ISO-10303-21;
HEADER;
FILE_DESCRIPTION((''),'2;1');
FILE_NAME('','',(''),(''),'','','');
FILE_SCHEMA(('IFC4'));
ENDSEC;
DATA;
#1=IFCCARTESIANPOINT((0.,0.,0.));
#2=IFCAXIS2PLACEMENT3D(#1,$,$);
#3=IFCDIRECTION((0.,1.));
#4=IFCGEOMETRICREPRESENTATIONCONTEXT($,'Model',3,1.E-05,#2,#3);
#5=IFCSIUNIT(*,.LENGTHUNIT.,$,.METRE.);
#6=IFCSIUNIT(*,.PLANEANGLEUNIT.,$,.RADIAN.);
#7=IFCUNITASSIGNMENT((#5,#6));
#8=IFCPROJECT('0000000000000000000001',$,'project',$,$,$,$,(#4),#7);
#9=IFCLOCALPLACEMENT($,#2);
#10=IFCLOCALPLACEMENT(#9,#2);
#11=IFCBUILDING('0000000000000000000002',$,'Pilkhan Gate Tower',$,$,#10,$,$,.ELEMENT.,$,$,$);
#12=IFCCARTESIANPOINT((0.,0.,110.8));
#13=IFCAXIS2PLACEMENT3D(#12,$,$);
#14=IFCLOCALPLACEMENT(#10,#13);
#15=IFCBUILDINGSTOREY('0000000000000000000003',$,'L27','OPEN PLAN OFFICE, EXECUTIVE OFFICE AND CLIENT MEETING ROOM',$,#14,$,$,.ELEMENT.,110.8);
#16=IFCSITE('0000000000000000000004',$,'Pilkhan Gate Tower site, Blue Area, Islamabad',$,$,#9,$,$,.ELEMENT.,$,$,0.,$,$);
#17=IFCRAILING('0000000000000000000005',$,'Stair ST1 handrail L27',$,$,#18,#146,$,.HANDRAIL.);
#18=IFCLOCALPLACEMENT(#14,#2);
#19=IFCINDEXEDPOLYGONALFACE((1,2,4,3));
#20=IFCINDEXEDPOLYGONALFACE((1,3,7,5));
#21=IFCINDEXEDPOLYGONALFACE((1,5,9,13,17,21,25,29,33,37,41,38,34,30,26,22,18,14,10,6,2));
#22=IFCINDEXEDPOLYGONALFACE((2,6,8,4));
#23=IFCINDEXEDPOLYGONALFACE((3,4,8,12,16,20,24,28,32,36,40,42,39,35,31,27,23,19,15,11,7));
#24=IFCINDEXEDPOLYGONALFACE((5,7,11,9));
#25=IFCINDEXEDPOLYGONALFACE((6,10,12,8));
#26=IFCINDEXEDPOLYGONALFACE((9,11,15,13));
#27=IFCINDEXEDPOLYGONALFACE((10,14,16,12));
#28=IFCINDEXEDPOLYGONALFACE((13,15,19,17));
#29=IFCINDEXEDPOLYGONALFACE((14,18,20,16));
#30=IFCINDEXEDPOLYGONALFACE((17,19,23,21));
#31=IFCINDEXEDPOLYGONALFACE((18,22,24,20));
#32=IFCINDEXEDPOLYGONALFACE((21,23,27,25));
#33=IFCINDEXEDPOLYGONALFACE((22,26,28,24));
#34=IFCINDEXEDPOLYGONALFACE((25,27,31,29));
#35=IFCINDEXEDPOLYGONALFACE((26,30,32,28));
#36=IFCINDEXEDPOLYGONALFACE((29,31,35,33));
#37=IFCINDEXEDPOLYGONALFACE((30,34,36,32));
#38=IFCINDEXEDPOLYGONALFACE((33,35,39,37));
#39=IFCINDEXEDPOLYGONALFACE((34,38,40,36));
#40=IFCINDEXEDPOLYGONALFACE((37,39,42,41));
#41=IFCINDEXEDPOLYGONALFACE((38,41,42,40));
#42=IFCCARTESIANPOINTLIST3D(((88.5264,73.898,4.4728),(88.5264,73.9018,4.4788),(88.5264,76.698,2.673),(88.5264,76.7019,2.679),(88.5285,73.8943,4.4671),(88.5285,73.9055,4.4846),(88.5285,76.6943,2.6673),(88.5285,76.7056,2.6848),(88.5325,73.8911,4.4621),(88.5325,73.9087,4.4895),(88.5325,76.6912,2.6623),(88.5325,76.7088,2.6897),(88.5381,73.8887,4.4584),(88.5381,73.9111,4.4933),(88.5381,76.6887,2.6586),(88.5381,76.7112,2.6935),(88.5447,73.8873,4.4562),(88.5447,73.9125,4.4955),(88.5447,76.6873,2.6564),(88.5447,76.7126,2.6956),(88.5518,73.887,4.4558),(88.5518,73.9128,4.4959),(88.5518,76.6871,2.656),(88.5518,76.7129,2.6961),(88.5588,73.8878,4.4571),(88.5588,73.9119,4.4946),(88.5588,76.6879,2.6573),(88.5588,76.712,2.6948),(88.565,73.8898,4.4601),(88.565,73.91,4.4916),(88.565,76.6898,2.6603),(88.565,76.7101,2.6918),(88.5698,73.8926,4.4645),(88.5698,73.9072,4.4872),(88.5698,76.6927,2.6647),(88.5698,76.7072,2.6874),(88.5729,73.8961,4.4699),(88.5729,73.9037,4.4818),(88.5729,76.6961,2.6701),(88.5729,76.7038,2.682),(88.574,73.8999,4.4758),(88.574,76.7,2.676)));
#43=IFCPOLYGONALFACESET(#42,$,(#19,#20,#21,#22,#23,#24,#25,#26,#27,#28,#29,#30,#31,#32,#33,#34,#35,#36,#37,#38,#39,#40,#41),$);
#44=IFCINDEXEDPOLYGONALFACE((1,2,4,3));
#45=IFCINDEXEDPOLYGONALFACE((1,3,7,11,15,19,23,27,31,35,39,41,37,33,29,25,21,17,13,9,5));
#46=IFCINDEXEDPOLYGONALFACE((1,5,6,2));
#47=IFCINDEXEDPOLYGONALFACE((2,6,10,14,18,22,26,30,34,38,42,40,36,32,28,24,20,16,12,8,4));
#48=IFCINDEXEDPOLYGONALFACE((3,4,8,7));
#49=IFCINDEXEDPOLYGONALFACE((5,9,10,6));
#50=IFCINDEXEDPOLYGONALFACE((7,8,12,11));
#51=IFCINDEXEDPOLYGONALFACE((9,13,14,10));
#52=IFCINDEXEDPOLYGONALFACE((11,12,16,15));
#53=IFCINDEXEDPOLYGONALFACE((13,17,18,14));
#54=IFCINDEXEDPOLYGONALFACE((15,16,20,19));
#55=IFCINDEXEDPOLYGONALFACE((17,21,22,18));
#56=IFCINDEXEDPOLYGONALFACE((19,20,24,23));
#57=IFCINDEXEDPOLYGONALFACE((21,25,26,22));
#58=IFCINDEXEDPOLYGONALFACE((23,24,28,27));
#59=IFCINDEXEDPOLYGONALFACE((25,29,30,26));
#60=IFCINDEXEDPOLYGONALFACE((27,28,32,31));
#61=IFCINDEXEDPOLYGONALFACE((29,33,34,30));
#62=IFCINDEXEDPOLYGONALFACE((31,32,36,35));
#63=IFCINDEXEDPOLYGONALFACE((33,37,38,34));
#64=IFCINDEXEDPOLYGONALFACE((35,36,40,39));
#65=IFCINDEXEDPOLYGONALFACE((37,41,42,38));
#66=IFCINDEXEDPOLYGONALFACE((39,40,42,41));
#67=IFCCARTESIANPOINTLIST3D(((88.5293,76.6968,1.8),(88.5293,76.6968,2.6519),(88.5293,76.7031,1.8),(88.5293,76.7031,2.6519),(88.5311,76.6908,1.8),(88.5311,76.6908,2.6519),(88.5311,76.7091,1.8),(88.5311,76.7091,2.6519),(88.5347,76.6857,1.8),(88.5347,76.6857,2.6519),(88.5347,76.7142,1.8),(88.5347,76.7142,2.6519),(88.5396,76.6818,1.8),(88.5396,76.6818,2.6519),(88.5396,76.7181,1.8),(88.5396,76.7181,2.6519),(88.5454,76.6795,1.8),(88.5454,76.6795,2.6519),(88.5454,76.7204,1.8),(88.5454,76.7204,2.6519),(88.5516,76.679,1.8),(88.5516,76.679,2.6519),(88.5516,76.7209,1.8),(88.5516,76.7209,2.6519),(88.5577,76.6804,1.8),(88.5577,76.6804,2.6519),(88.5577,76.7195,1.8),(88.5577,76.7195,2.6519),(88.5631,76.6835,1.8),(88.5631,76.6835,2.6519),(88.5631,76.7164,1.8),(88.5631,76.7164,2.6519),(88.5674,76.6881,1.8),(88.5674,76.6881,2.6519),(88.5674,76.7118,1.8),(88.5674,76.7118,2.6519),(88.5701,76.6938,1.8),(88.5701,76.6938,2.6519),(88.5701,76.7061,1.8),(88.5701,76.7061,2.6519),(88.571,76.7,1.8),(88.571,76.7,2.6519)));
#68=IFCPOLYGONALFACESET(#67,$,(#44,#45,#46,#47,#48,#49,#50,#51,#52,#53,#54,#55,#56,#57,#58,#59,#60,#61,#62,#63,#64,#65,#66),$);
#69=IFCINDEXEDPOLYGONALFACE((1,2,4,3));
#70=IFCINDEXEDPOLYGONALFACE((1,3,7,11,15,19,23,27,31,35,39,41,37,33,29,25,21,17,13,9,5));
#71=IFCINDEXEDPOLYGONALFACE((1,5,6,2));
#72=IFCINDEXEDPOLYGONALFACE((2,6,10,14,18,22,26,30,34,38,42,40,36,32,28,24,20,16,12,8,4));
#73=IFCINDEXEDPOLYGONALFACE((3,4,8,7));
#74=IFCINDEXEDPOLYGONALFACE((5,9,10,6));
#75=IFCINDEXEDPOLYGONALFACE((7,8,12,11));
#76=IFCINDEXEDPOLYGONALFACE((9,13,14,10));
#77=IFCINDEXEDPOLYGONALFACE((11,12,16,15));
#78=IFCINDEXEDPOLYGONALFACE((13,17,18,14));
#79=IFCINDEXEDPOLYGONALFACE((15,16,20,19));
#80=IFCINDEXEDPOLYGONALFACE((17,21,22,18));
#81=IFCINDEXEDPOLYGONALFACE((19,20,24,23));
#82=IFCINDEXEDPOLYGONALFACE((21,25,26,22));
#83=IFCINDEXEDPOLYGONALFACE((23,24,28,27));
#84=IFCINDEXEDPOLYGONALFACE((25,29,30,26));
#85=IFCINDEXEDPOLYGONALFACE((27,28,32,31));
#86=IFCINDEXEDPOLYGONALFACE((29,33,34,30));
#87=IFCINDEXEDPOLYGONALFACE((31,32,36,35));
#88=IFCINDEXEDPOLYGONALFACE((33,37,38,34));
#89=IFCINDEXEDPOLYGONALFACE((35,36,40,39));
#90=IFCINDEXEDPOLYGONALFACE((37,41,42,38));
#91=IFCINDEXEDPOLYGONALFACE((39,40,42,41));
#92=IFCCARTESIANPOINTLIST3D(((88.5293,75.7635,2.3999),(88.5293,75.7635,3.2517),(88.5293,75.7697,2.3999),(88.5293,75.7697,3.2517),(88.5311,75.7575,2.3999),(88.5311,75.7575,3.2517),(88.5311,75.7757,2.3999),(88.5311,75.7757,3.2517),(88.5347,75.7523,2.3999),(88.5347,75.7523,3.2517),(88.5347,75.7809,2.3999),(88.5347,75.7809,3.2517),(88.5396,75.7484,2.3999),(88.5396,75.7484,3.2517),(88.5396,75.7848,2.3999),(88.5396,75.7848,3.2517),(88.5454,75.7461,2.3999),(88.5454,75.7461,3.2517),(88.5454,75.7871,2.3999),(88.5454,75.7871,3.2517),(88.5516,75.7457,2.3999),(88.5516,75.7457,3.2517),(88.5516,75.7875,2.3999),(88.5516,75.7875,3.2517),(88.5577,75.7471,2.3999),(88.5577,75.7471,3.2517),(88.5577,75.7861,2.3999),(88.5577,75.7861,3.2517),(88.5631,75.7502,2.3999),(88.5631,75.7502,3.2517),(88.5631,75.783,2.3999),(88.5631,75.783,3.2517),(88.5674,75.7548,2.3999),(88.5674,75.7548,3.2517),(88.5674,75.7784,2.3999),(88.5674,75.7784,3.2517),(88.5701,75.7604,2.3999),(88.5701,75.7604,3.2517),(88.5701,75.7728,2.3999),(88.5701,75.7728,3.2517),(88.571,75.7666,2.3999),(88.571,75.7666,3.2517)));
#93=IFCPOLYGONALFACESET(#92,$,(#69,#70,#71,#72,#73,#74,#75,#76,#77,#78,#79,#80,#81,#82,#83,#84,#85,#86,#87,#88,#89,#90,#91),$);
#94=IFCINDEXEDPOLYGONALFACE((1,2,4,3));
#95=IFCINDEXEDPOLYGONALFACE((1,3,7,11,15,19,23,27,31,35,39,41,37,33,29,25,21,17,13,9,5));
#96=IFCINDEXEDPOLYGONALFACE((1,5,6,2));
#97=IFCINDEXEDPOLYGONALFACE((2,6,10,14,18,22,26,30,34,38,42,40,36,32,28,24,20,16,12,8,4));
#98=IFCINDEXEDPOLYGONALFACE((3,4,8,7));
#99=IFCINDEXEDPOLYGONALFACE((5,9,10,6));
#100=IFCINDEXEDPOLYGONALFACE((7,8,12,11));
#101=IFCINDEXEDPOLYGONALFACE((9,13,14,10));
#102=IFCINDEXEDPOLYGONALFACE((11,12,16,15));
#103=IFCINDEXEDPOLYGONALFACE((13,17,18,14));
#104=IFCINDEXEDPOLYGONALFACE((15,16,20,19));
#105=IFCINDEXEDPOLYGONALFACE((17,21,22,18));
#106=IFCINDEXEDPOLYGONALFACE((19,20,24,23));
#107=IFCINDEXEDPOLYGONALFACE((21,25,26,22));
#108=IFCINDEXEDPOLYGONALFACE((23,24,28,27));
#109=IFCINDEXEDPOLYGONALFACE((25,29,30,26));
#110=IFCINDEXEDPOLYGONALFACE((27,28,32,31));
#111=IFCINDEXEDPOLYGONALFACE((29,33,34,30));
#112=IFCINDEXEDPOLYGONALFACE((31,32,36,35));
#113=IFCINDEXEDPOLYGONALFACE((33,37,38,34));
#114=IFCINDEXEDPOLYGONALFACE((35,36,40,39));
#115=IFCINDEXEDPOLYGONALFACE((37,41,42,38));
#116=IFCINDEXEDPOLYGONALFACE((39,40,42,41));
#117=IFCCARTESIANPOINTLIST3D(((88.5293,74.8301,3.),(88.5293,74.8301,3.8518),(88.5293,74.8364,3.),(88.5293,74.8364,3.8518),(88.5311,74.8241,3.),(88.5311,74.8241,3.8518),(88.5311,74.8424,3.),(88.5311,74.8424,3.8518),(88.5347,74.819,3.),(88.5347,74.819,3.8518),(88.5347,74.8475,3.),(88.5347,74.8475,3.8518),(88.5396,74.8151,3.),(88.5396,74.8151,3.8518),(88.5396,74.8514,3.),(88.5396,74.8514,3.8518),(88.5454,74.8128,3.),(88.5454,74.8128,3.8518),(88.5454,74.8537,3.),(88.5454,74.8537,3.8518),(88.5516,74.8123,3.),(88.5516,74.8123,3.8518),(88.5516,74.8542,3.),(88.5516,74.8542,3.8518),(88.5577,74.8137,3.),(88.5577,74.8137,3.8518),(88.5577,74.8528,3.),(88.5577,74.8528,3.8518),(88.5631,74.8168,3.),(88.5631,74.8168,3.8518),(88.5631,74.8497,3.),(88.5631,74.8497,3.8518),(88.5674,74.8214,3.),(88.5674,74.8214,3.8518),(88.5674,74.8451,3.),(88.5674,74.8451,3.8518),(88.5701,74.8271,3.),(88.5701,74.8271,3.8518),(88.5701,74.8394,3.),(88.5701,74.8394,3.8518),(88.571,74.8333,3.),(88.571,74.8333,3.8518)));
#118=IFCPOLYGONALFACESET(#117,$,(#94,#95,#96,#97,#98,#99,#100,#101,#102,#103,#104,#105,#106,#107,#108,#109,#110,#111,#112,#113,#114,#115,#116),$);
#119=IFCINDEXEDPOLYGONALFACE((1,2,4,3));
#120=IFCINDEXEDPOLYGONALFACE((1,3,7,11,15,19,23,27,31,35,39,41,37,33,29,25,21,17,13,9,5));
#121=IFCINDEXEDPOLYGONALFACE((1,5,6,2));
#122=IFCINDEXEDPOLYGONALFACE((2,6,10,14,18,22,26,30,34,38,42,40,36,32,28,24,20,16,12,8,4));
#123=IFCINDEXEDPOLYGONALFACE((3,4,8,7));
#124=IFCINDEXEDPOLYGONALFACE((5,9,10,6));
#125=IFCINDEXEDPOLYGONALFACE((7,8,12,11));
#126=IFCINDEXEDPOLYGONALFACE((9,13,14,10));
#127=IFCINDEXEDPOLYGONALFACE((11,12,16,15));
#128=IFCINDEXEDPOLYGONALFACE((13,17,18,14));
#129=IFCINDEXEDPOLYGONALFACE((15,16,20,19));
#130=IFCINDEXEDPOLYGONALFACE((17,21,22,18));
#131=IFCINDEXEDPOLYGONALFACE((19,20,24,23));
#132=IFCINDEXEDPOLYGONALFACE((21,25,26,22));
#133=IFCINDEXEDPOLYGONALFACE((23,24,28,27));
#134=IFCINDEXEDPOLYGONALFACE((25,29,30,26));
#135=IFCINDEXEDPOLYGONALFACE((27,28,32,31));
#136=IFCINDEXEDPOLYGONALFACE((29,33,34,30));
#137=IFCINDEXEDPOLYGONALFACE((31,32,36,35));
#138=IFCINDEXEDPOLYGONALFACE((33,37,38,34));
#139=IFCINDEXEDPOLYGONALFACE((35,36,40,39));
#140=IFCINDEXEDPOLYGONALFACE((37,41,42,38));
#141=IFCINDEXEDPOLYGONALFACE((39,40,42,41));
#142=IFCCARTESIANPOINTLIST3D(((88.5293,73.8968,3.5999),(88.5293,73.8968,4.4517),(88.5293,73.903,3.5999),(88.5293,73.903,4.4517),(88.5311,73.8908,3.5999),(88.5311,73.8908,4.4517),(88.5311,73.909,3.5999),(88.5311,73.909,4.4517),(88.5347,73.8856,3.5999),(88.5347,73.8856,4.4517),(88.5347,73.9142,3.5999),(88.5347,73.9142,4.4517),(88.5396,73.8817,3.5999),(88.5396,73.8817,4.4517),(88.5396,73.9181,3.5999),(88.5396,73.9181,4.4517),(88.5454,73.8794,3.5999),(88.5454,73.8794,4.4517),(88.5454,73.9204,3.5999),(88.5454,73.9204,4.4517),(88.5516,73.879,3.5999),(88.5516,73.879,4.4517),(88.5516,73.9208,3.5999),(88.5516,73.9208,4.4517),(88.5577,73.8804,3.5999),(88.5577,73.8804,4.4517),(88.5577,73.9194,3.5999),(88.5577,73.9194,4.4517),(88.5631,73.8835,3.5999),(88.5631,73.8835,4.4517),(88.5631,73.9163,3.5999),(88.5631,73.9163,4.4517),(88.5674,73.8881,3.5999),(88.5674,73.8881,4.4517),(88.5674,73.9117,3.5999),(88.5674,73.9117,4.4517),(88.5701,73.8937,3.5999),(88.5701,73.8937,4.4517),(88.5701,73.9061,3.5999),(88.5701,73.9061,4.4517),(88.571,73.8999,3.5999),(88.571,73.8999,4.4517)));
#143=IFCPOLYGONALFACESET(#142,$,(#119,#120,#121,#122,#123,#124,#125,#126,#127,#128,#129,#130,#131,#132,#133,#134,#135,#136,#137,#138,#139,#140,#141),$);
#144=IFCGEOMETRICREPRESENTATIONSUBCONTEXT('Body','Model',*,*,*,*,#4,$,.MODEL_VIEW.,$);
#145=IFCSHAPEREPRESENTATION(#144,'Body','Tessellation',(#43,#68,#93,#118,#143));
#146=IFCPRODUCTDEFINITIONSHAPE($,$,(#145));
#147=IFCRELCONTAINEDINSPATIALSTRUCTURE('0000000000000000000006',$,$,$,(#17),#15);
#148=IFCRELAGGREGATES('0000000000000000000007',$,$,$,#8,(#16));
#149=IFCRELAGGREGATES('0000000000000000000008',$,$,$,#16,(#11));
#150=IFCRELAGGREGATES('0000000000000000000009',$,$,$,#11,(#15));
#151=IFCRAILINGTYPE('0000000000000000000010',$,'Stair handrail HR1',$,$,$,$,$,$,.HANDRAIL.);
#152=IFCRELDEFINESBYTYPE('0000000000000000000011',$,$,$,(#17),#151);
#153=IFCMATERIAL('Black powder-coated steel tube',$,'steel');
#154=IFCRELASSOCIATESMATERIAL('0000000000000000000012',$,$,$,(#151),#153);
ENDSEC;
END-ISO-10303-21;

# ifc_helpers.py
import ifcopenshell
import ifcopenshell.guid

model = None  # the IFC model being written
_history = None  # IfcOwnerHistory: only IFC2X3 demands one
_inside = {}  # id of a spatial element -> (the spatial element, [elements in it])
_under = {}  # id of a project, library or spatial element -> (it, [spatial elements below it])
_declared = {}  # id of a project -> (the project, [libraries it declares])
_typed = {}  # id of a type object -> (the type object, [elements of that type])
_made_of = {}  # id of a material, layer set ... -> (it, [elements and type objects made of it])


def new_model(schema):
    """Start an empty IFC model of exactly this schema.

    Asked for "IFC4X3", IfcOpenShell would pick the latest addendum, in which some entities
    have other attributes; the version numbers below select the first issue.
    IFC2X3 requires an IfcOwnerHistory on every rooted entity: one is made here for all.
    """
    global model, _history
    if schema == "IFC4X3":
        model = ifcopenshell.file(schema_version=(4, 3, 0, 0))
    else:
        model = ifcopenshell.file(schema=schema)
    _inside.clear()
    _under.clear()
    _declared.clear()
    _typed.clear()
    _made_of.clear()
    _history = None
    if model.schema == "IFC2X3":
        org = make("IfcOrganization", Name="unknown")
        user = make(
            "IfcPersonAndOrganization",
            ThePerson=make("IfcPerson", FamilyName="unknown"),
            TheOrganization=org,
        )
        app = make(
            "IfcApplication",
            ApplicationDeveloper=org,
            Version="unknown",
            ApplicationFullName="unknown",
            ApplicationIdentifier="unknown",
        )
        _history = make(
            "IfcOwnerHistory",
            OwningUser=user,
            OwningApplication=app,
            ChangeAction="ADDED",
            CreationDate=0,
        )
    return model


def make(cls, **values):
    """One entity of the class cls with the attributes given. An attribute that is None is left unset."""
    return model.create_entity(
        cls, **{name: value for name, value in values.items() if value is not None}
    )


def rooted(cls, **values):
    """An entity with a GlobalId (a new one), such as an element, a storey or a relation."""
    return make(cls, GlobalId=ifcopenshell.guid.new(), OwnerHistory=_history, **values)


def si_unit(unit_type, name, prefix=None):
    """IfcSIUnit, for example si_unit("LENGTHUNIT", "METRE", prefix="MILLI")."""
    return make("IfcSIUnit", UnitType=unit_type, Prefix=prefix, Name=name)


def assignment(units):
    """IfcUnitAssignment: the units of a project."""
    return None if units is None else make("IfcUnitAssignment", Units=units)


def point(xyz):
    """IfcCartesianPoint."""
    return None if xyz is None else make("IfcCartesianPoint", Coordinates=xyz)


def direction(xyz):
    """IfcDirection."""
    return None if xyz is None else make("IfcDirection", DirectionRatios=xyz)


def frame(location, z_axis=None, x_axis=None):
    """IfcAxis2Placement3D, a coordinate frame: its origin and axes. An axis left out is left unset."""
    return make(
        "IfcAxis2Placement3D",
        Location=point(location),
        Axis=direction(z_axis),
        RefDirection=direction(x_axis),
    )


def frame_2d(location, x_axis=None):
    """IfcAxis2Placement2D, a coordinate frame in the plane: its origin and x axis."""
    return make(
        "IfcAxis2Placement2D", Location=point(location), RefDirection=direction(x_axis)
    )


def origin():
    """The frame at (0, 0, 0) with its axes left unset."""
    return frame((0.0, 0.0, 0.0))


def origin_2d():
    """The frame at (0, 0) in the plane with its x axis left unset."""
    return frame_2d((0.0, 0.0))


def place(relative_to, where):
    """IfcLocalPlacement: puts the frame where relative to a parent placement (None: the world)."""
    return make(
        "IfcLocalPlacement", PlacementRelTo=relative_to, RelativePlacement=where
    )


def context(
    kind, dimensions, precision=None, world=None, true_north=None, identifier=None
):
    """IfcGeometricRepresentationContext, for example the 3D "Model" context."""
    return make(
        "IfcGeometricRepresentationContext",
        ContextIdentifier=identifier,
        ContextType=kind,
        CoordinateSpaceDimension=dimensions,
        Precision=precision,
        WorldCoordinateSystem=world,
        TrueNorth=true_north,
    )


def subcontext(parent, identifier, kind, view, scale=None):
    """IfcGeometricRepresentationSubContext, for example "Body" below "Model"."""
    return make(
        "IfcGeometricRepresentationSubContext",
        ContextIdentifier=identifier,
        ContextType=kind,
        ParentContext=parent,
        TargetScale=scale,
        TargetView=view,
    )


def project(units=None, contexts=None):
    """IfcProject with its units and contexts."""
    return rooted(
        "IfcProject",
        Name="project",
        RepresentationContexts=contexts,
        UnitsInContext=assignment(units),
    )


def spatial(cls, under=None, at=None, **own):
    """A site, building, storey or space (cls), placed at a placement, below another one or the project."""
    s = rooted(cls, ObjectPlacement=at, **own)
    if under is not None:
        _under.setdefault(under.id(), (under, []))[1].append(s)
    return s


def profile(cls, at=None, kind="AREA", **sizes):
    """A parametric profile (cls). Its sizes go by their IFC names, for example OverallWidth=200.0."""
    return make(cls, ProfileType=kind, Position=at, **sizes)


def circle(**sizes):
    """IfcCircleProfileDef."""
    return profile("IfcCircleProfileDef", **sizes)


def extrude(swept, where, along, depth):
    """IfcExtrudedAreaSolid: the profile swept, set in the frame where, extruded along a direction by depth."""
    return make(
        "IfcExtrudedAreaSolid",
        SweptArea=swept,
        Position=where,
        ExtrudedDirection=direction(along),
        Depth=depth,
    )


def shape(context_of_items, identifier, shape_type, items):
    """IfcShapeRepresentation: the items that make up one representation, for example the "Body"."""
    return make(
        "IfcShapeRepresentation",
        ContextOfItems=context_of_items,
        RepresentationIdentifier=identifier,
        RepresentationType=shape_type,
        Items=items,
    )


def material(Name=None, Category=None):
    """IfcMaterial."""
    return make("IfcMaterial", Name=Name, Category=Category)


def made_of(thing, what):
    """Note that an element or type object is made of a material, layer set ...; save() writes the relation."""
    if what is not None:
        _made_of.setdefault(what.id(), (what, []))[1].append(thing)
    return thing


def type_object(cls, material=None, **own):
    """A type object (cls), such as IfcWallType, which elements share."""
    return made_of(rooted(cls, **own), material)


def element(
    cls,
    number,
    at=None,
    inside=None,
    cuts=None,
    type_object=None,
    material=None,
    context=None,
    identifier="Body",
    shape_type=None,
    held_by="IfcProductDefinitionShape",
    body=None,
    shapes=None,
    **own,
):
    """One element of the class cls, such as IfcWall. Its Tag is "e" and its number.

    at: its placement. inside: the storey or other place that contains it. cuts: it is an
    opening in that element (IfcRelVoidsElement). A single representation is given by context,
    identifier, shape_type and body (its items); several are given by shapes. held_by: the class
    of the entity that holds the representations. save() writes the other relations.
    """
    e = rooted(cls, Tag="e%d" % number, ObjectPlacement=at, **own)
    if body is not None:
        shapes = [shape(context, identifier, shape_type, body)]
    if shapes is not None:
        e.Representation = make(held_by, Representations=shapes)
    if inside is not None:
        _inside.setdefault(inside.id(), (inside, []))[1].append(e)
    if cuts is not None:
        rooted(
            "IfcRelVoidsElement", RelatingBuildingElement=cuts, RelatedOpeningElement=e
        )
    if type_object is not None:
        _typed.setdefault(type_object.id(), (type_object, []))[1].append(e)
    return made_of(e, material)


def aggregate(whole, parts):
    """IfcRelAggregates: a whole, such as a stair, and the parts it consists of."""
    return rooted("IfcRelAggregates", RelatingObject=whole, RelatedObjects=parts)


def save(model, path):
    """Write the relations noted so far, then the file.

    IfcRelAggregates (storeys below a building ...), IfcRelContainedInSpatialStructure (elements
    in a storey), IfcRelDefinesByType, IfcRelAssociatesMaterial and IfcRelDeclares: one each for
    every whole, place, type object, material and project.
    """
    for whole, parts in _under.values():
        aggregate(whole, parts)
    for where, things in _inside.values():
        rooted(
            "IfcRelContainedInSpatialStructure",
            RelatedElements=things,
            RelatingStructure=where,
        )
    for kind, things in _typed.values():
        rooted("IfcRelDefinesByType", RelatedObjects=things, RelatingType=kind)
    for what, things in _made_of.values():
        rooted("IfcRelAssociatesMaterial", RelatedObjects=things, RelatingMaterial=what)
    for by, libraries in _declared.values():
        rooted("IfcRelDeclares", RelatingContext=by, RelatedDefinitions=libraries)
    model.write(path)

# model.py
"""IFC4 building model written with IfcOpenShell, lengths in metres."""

from ifc_helpers import new_model, si_unit, direction, frame, origin, origin_2d, place, context, subcontext, project, spatial, circle, extrude, material, type_object, element, save


model = new_model("IFC4")

# Units and contexts
model_context = context("Model", 3, precision=1e-05, world=origin(), true_north=direction((0.0, 1.0)))
body_context = subcontext(model_context, "Body", "Model", "MODEL_VIEW")
ifc_project = project(units=[si_unit("LENGTHUNIT", "METRE"), si_unit("PLANEANGLEUNIT", "RADIAN")], contexts=[model_context])

# Site, building, storey
site_placement = place(None, origin())
site = spatial("IfcSite", under=ifc_project, at=site_placement, Name="Pilkhan Gate Tower site, Blue Area, Islamabad", CompositionType="ELEMENT", RefElevation=0.0)
building_placement = place(site_placement, origin())
building = spatial("IfcBuilding", under=site, at=building_placement, Name="Pilkhan Gate Tower", CompositionType="ELEMENT")
storey_placement = place(building_placement, frame((0.0, 0.0, 110.8)))
storey = spatial("IfcBuildingStorey", under=building, at=storey_placement, Name="L27", Description="OPEN PLAN OFFICE, EXECUTIVE OFFICE AND CLIENT MEETING ROOM", CompositionType="ELEMENT", Elevation=110.8)

# Railing
ifc_material_1 = material(Name="Black powder-coated steel tube", Category="steel")
railing_type_1 = type_object("IfcRailingType", Name="Stair handrail HR1", PredefinedType="HANDRAIL", material=ifc_material_1)
railing_1_placement = place(storey_placement, frame((88.55, 76.7, 1.8)))
element("IfcRailing", 1, at=railing_1_placement, inside=storey, type_object=railing_type_1, Name="Stair ST1 handrail L27", PredefinedType="HANDRAIL", context=body_context, shape_type="SweptSolid", body=[
    extrude(circle(Radius=0.0239, at=origin_2d()), frame((0.0, 0.0, 0.876), z_axis=(0.0, -0.841209, 0.540709), x_axis=(1.0, 0.0, 0.0)), (0.0, 0.0, 1.0), 3.3286),
    extrude(circle(Radius=0.021, at=origin_2d()), origin(), (0.0, 0.0, 1.0), 0.8518),
    extrude(circle(Radius=0.021, at=origin_2d()), frame((0.0, -0.9333, 0.5999)), (0.0, 0.0, 1.0), 0.8518),
    extrude(circle(Radius=0.021, at=origin_2d()), frame((0.0, -1.8667, 1.2)), (0.0, 0.0, 1.0), 0.8518),
    extrude(circle(Radius=0.021, at=origin_2d()), frame((0.0, -2.8, 1.7998)), (0.0, 0.0, 1.0), 0.8518),
])

save(model, "model.ifc")
